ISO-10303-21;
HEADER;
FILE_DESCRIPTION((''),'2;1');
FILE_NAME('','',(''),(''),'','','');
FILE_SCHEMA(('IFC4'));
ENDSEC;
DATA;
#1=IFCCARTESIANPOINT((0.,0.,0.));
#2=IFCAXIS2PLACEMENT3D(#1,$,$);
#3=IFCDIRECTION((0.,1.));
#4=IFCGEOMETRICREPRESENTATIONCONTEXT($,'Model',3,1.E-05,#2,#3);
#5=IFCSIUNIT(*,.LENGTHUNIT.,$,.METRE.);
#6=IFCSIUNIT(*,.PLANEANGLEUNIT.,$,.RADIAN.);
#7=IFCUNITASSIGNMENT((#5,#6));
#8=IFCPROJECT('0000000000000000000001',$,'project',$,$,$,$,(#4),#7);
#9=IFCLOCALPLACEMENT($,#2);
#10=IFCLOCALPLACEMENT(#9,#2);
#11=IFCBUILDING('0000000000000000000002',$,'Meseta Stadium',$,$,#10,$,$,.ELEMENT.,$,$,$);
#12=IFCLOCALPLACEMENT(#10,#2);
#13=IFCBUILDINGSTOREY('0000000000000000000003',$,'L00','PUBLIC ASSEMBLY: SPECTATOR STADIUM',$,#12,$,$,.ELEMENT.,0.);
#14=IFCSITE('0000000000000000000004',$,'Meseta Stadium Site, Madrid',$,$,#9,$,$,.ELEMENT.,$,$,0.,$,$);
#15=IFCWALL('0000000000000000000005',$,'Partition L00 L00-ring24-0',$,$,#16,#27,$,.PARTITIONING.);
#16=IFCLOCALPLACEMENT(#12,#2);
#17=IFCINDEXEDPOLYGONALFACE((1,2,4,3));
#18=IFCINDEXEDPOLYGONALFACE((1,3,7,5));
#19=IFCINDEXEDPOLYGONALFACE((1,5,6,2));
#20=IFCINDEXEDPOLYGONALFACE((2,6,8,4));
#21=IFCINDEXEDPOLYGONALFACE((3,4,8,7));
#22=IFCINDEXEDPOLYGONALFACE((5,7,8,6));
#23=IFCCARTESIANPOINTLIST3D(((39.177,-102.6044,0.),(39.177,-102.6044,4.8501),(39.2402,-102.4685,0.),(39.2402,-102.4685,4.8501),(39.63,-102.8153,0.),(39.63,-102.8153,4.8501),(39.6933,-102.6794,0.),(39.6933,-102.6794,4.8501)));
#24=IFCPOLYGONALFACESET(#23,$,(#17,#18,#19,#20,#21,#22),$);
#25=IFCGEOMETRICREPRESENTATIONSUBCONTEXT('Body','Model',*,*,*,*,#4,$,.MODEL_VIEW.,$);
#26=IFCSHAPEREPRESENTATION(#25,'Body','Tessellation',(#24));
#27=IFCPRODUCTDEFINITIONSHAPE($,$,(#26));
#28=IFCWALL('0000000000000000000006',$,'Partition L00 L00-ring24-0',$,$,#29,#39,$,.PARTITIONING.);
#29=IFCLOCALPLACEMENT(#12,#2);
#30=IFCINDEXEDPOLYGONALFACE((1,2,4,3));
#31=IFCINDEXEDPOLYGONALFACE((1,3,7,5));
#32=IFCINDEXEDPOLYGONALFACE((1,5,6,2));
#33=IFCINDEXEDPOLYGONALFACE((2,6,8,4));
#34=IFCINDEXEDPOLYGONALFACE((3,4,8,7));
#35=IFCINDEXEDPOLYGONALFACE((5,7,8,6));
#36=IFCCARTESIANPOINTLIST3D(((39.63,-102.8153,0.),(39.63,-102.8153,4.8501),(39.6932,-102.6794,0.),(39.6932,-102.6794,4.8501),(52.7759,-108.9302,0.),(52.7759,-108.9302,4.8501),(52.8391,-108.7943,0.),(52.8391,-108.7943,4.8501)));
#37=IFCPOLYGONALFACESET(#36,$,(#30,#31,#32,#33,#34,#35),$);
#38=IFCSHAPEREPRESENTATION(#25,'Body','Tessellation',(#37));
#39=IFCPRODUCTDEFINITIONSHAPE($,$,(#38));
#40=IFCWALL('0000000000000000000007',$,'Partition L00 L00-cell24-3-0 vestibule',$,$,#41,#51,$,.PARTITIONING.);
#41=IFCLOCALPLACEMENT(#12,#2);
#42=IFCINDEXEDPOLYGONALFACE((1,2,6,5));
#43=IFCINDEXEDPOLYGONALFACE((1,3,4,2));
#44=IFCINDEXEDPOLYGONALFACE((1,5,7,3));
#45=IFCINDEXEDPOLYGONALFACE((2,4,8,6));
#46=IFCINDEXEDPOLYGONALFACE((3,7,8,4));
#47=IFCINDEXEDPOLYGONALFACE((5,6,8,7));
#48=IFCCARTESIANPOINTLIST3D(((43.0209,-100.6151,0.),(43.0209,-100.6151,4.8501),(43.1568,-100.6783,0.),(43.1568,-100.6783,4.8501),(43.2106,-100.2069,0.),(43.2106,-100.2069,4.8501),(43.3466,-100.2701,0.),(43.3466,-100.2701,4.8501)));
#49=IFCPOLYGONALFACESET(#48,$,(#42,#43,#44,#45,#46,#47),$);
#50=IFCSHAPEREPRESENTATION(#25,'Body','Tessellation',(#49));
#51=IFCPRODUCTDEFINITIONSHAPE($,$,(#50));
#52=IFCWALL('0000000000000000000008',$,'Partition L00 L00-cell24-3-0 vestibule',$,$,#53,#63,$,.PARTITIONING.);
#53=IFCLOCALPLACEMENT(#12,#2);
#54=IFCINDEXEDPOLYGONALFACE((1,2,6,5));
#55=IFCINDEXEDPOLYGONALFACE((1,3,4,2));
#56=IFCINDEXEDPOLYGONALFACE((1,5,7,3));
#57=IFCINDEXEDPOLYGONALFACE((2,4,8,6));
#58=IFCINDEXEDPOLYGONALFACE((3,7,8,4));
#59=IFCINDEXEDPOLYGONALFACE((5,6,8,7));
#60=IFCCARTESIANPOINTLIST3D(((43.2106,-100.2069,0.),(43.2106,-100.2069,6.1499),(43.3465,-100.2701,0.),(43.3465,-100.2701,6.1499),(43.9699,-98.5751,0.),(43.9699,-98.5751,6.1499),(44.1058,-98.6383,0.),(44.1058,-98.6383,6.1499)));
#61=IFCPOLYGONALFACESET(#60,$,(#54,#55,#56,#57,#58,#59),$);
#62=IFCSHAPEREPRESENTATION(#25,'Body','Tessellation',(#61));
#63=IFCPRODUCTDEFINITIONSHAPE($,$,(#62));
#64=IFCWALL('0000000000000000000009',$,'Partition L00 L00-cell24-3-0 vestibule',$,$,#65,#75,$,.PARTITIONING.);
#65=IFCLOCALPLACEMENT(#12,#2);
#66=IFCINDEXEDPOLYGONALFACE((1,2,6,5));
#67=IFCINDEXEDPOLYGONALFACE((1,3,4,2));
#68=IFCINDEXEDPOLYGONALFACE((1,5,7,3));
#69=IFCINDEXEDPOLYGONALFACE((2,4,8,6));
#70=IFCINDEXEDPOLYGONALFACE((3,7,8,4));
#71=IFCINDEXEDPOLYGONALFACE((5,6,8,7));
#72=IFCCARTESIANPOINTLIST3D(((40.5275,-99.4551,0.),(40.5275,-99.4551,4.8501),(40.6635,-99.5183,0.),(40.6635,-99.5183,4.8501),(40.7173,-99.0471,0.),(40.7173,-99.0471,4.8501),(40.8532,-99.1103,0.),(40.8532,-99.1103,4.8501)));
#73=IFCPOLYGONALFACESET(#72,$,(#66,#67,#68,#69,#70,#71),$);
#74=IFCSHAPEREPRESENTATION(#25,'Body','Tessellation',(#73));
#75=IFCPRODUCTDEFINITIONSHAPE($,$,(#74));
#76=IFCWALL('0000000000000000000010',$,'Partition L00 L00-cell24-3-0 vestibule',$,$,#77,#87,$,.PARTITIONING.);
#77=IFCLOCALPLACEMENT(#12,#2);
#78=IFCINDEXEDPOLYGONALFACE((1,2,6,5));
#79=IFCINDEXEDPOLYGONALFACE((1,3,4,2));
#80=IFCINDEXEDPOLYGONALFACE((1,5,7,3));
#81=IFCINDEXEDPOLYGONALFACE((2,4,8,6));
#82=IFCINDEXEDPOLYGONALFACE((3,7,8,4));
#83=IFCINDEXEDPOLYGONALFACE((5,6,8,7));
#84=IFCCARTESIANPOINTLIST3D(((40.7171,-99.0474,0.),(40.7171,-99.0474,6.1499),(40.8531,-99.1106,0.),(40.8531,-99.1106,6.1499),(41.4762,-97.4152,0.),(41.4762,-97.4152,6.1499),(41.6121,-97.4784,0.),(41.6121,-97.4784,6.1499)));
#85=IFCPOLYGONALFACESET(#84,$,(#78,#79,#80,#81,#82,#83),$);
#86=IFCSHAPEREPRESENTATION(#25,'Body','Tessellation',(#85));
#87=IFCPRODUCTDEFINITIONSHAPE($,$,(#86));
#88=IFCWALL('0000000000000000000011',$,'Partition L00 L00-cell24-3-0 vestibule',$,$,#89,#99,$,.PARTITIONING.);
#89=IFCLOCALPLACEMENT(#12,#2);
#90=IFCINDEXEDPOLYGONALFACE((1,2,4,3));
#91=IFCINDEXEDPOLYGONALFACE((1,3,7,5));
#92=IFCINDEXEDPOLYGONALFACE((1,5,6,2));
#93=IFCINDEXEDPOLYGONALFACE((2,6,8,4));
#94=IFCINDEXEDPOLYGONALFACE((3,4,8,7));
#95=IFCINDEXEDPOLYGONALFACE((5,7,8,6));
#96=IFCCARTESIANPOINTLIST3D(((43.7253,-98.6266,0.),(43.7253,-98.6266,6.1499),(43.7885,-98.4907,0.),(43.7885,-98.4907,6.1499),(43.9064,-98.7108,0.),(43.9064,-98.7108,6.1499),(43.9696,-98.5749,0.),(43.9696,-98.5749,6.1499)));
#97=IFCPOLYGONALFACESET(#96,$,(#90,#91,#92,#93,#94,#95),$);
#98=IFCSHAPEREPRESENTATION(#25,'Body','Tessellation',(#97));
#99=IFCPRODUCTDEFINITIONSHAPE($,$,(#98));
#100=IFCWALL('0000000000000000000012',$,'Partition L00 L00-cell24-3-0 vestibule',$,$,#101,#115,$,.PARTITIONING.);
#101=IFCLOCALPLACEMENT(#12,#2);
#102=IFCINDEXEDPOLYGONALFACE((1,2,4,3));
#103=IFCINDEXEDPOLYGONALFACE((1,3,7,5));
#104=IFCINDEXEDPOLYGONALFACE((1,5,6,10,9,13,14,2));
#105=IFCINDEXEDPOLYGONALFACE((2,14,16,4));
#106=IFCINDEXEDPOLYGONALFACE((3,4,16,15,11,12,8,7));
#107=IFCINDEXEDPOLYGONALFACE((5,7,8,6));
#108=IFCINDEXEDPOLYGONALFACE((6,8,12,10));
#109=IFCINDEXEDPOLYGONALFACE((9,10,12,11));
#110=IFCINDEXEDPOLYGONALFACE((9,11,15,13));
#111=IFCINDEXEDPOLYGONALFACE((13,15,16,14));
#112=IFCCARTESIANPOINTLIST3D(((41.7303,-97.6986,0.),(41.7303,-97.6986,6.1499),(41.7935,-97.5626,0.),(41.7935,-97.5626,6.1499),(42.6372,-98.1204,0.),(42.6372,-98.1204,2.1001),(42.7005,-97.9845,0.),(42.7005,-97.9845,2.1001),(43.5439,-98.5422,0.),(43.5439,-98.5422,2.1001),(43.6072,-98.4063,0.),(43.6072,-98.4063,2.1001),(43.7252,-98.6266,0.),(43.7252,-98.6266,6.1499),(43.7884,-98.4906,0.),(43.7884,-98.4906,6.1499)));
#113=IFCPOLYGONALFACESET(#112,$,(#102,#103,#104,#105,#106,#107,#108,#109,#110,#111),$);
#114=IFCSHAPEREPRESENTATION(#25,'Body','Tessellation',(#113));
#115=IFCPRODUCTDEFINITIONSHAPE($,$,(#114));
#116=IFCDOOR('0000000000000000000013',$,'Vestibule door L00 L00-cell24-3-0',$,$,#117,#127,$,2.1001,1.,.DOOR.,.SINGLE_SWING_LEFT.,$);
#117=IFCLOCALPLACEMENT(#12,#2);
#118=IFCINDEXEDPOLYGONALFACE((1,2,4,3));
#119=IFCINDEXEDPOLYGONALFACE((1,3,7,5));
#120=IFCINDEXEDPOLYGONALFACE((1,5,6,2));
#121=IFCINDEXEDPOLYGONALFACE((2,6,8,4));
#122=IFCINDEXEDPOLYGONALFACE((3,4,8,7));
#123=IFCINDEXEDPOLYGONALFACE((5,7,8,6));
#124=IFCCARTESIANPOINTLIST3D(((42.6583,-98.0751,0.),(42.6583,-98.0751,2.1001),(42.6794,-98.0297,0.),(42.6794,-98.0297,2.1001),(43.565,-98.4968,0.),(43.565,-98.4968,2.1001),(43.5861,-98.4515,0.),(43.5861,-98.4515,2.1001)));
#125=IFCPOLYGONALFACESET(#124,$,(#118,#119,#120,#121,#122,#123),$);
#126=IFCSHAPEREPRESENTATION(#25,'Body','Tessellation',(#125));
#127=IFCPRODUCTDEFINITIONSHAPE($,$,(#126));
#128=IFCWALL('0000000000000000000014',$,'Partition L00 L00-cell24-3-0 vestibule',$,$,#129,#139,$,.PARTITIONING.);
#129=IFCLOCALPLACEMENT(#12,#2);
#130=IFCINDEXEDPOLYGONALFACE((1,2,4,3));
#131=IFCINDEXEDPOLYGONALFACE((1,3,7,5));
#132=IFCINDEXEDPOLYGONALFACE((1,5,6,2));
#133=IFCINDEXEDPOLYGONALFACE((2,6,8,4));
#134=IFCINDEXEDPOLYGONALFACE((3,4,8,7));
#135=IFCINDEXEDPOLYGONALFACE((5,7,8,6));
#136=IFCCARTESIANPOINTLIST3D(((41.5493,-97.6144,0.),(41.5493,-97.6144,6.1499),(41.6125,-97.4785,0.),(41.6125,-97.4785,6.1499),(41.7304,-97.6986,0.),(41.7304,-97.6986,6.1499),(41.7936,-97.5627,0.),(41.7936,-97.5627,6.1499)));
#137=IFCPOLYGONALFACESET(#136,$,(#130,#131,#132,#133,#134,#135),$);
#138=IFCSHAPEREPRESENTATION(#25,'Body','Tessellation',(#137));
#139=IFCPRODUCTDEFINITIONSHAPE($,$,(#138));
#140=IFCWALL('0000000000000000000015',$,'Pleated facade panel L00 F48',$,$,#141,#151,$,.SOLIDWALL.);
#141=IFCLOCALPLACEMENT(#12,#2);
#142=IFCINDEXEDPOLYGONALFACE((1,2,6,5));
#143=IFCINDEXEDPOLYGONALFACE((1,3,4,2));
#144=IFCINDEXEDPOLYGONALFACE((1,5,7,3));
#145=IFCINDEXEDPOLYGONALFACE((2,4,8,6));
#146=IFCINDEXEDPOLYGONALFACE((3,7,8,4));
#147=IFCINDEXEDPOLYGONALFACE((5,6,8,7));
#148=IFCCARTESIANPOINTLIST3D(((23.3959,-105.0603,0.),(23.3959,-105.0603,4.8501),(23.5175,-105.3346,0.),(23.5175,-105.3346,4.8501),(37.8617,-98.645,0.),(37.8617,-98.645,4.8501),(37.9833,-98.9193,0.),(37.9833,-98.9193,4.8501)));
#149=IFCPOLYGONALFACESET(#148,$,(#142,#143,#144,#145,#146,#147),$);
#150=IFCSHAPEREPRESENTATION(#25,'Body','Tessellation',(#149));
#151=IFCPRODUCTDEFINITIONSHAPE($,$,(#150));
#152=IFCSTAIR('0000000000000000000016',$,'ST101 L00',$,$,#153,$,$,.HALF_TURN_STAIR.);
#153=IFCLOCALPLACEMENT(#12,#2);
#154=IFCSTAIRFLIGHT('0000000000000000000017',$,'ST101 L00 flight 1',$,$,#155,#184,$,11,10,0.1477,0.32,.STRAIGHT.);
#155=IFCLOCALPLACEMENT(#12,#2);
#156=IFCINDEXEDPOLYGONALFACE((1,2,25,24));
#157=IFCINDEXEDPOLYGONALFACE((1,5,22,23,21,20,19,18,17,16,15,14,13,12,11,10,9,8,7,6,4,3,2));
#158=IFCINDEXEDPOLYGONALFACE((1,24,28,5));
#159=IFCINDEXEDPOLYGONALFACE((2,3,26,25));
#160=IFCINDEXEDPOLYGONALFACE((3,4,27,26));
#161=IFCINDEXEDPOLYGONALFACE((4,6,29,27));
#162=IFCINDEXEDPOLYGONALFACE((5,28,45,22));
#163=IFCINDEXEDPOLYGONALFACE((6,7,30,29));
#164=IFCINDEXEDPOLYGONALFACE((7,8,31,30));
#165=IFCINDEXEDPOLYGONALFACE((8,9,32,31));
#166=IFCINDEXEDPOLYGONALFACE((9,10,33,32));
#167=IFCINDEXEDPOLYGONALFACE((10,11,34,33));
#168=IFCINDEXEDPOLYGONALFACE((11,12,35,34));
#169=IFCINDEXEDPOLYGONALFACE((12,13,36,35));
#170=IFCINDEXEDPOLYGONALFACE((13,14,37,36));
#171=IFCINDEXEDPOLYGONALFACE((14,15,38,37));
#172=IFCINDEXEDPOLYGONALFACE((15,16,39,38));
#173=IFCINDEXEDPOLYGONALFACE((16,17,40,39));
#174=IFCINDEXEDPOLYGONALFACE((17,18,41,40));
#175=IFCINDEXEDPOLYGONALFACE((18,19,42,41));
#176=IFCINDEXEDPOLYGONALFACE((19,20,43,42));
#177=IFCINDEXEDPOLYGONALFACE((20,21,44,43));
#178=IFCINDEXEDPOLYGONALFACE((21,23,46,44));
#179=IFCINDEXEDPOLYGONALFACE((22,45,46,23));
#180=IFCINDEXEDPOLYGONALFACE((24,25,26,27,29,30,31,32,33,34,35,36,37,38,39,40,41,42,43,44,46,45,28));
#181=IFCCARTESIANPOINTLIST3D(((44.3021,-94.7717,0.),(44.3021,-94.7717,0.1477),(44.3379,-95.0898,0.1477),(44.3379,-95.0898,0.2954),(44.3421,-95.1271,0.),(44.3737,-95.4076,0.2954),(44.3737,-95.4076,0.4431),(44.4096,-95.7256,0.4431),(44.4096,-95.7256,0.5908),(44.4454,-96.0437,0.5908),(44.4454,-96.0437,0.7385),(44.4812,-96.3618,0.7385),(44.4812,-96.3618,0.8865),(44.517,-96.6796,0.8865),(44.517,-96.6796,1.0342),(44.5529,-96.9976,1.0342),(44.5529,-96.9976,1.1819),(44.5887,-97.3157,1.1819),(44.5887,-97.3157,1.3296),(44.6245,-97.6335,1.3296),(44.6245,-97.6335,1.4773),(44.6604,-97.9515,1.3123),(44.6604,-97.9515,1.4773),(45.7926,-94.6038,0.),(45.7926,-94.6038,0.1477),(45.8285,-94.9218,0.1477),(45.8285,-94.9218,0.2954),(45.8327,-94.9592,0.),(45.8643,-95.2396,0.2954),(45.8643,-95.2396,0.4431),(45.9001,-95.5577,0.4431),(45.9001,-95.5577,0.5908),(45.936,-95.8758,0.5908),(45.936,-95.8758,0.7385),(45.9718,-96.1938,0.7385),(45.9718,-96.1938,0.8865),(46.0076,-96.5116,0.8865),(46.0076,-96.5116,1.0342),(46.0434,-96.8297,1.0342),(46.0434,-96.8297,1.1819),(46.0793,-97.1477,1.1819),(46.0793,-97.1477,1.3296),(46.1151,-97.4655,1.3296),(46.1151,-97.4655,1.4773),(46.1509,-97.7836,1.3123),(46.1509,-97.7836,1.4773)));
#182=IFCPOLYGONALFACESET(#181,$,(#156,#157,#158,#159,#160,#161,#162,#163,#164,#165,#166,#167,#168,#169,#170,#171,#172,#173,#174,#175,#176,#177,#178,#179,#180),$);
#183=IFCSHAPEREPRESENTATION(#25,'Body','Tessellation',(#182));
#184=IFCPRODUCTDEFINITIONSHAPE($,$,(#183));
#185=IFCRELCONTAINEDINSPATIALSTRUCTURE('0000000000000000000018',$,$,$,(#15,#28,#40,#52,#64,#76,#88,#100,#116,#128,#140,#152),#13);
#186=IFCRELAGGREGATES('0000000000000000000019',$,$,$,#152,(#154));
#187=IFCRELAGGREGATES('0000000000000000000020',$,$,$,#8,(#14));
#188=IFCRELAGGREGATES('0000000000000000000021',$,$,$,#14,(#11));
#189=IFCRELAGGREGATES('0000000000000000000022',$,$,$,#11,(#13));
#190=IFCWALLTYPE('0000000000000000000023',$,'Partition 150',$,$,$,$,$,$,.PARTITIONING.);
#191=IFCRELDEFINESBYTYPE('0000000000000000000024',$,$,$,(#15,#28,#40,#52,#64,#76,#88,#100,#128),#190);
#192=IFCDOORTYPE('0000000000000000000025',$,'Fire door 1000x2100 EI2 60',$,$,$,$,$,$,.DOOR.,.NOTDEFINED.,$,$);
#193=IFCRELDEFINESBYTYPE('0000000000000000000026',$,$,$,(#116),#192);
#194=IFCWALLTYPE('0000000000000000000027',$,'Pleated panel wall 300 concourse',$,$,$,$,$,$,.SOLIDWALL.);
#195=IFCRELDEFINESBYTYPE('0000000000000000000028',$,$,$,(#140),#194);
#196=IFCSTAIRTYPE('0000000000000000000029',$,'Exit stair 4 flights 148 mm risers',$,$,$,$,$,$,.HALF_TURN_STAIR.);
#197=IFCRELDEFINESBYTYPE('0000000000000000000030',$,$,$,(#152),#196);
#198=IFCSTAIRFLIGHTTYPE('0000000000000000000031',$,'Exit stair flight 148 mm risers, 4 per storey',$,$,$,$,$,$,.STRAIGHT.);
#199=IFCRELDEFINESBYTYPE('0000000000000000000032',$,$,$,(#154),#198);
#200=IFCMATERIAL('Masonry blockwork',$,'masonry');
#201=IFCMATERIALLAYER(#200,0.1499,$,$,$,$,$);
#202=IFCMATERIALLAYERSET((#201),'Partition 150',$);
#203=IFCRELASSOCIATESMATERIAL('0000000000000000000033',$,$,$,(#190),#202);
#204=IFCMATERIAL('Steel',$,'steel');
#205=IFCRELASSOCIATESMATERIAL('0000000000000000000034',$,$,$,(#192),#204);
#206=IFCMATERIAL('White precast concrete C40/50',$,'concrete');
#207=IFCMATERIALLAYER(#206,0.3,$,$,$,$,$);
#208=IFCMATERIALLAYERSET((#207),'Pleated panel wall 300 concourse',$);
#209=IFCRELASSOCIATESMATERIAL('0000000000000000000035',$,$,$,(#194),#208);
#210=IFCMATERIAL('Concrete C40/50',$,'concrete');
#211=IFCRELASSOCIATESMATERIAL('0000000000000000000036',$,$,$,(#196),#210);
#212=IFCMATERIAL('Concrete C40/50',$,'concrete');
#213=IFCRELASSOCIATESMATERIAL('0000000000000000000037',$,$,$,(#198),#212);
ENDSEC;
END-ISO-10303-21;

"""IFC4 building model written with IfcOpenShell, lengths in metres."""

from ifc_helpers import new_model, si_unit, direction, frame, frame_2d, origin, place, context, subcontext, project, spatial, polyline, rectangle, outline, extrude, material, layer, layer_set, type_object, element, fill, aggregate, save


model = new_model("IFC4")

# Units and contexts
model_context = context("Model", 3, precision=1e-05, world=origin(), true_north=direction((0.0, 1.0)))
body_context = subcontext(model_context, "Body", "Model", "MODEL_VIEW")
ifc_project = project(units=[si_unit("LENGTHUNIT", "METRE"), si_unit("PLANEANGLEUNIT", "RADIAN")], contexts=[model_context])

# Site, building, storey
site_placement = place(None, origin())
site = spatial("IfcSite", under=ifc_project, at=site_placement, Name="Meseta Stadium Site, Madrid", CompositionType="ELEMENT", RefElevation=0.0)
building_placement = place(site_placement, origin())
building = spatial("IfcBuilding", under=site, at=building_placement, Name="Meseta Stadium", CompositionType="ELEMENT")
storey_placement = place(building_placement, origin())
storey = spatial("IfcBuildingStorey", under=building, at=storey_placement, Name="L00", Description="PUBLIC ASSEMBLY: SPECTATOR STADIUM", CompositionType="ELEMENT", Elevation=0.0)

# Shared definitions
ifc_material_1 = material(Name="Masonry blockwork", Category="masonry")
ifc_layer_1 = layer(ifc_material_1, 0.1499)
ifc_layer_set_1 = layer_set([ifc_layer_1], Name="Partition 150")
wall_type_1 = type_object("IfcWallType", Name="Partition 150", PredefinedType="PARTITIONING", material=ifc_layer_set_1)

# Walls
wall_1_placement = place(storey_placement, frame((39.2085, -102.5364, 0.0), z_axis=(0.0, 0.0, 1.0), x_axis=(0.906582, -0.42203, 0.0)))
element("IfcWall", 1, at=wall_1_placement, inside=storey, type_object=wall_type_1, Name="Partition L00 L00-ring24-0", PredefinedType="PARTITIONING", context=body_context, shape_type="SweptSolid", body=[
    extrude(rectangle(XDim=0.4998, YDim=0.1499, at=frame_2d((0.25, 0.0))), origin(), (0.0, 0.0, 1.0), 4.8501),
])
wall_2_placement = place(storey_placement, frame((39.6616, -102.7473, 0.0), z_axis=(0.0, 0.0, 1.0), x_axis=(0.906706, -0.421763, 0.0)))
element("IfcWall", 2, at=wall_2_placement, inside=storey, type_object=wall_type_1, Name="Partition L00 L00-ring24-0", PredefinedType="PARTITIONING", context=body_context, shape_type="SweptSolid", body=[
    extrude(rectangle(XDim=14.4985, YDim=0.1499, at=frame_2d((7.2493, 0.0))), origin(), (0.0, 0.0, 1.0), 4.8501),
])
wall_3_placement = place(storey_placement, frame((43.0889, -100.6467, 0.0), z_axis=(0.0, 0.0, 1.0), x_axis=(0.42143, 0.906861, 0.0)))
element("IfcWall", 3, at=wall_3_placement, inside=storey, type_object=wall_type_1, Name="Partition L00 L00-cell24-3-0 vestibule", PredefinedType="PARTITIONING", context=body_context, shape_type="SweptSolid", body=[
    extrude(rectangle(XDim=0.4502, YDim=0.1499, at=frame_2d((0.2251, 0.0))), origin(), (0.0, 0.0, 1.0), 4.8501),
])
wall_4_placement = place(storey_placement, frame((43.2786, -100.2385, 0.0), z_axis=(0.0, 0.0, 1.0), x_axis=(0.42186, 0.906661, 0.0)))
element("IfcWall", 4, at=wall_4_placement, inside=storey, type_object=wall_type_1, Name="Partition L00 L00-cell24-3-0 vestibule", PredefinedType="PARTITIONING", context=body_context, shape_type="SweptSolid", body=[
    extrude(rectangle(XDim=1.7998, YDim=0.1499, at=frame_2d((0.8999, 0.0))), origin(), (0.0, 0.0, 1.0), 6.1499),
])
wall_5_placement = place(storey_placement, frame((40.5955, -99.4868, 0.0), z_axis=(0.0, 0.0, 1.0), x_axis=(0.421637, 0.906765, 0.0)))
element("IfcWall", 5, at=wall_5_placement, inside=storey, type_object=wall_type_1, Name="Partition L00 L00-cell24-3-0 vestibule", PredefinedType="PARTITIONING", context=body_context, shape_type="SweptSolid", body=[
    extrude(rectangle(XDim=0.45, YDim=0.1499, at=frame_2d((0.2251, 0.0))), origin(), (0.0, 0.0, 1.0), 4.8501),
])
wall_6_placement = place(storey_placement, frame((40.7852, -99.0789, 0.0), z_axis=(0.0, 0.0, 1.0), x_axis=(0.421697, 0.906737, 0.0)))
element("IfcWall", 6, at=wall_6_placement, inside=storey, type_object=wall_type_1, Name="Partition L00 L00-cell24-3-0 vestibule", PredefinedType="PARTITIONING", context=body_context, shape_type="SweptSolid", body=[
    extrude(rectangle(XDim=1.8, YDim=0.1499, at=frame_2d((0.8999, 0.0))), origin(), (0.0, 0.0, 1.0), 6.1499),
])
wall_7_placement = place(storey_placement, frame((43.938, -98.6428, 0.0), z_axis=(0.0, 0.0, 1.0), x_axis=(-0.906775, 0.421614, 0.0)))
element("IfcWall", 7, at=wall_7_placement, inside=storey, type_object=wall_type_1, Name="Partition L00 L00-cell24-3-0 vestibule", PredefinedType="PARTITIONING", context=body_context, shape_type="SweptSolid", body=[
    extrude(rectangle(XDim=0.1997, YDim=0.1499, at=frame_2d((0.0999, 0.0))), origin(), (0.0, 0.0, 1.0), 6.1499),
])

# Wall, opening, door
wall_8_placement = place(storey_placement, frame((43.7568, -98.5586, 0.0), z_axis=(0.0, 0.0, 1.0), x_axis=(-0.906698, 0.42178, 0.0)))
wall_8 = element("IfcWall", 8, at=wall_8_placement, inside=storey, type_object=wall_type_1, Name="Partition L00 L00-cell24-3-0 vestibule", PredefinedType="PARTITIONING", context=body_context, shape_type="SweptSolid", body=[
    extrude(rectangle(XDim=2.2002, YDim=0.1499, at=frame_2d((1.1001, 0.0))), origin(), (0.0, 0.0, 1.0), 6.1499),
])
opening_1_placement = place(wall_8_placement, frame((0.2, 0.0, 0.0)))
opening_1 = element("IfcOpeningElement", 9, at=opening_1_placement, cuts=wall_8, PredefinedType="OPENING", context=body_context, shape_type="SweptSolid", body=[
    extrude(rectangle(XDim=1.0, YDim=2.1001, at=frame_2d((0.5, 1.05))), frame((0.0, 0.085, 0.0), z_axis=(0.0, -1.0, 0.0), x_axis=(1.0, 0.0, 0.0)), (0.0, 0.0, 1.0), 0.1699),
])
ifc_material_2 = material(Name="Steel", Category="steel")
door_type_1 = type_object("IfcDoorType", Name="Fire door 1000x2100 EI2 60", OperationType="NOTDEFINED", PredefinedType="DOOR", material=ifc_material_2)
door_1_placement = place(opening_1_placement, origin())
door_1 = element("IfcDoor", 10, at=door_1_placement, inside=storey, type_object=door_type_1, Name="Vestibule door L00 L00-cell24-3-0", OperationType="SINGLE_SWING_LEFT", OverallHeight=2.1001, OverallWidth=1.0, PredefinedType="DOOR", context=body_context, shape_type="SweptSolid", body=[
    extrude(rectangle(XDim=1.0, YDim=2.1001, at=frame_2d((0.5, 1.05))), frame((0.0, 0.0249, 0.0), z_axis=(0.0, -1.0, 0.0), x_axis=(1.0, 0.0, 0.0)), (0.0, 0.0, 1.0), 0.05),
])
fill(opening_1, door_1)

# Walls
wall_9_placement = place(storey_placement, frame((41.762, -97.6306, 0.0), z_axis=(0.0, 0.0, 1.0), x_axis=(-0.906775, 0.421614, 0.0)))
element("IfcWall", 11, at=wall_9_placement, inside=storey, type_object=wall_type_1, Name="Partition L00 L00-cell24-3-0 vestibule", PredefinedType="PARTITIONING", context=body_context, shape_type="SweptSolid", body=[
    extrude(rectangle(XDim=0.1997, YDim=0.1499, at=frame_2d((0.0999, 0.0))), origin(), (0.0, 0.0, 1.0), 6.1499),
])
ifc_material_3 = material(Name="White precast concrete C40/50", Category="concrete")
ifc_layer_2 = layer(ifc_material_3, 0.3)
ifc_layer_set_2 = layer_set([ifc_layer_2], Name="Pleated panel wall 300 concourse")
wall_type_2 = type_object("IfcWallType", Name="Pleated panel wall 300 concourse", PredefinedType="SOLIDWALL", material=ifc_layer_set_2)
wall_10_placement = place(storey_placement, frame((37.9224, -98.7822, 0.0), z_axis=(0.0, 0.0, 1.0), x_axis=(-0.914139, -0.405401, 0.0)))
element("IfcWall", 12, at=wall_10_placement, inside=storey, type_object=wall_type_2, Name="Pleated facade panel L00 F48", PredefinedType="SOLIDWALL", context=body_context, shape_type="SweptSolid", body=[
    extrude(rectangle(XDim=15.8245, YDim=0.3, at=frame_2d((7.9121, 0.0))), origin(), (0.0, 0.0, 1.0), 4.8501),
])

# Stair, stair flight
ifc_material_4 = material(Name="Concrete C40/50", Category="concrete")
stair_type = type_object("IfcStairType", Name="Exit stair 4 flights 148 mm risers", PredefinedType="HALF_TURN_STAIR", material=ifc_material_4)
stair_placement = place(storey_placement, origin())
stair = element("IfcStair", 13, at=stair_placement, inside=storey, type_object=stair_type, Name="ST101 L00", PredefinedType="HALF_TURN_STAIR")
ifc_material_5 = material(Name="Concrete C40/50", Category="concrete")
stair_flight_type = type_object("IfcStairFlightType", Name="Exit stair flight 148 mm risers, 4 per storey", PredefinedType="STRAIGHT", material=ifc_material_5)
stair_flight_placement = place(storey_placement, frame((45.0474, -94.6877, 0.0), z_axis=(0.0, 0.0, 1.0), x_axis=(0.111964, -0.993712, 0.0)))
stair_flight = element("IfcStairFlight", 14, at=stair_flight_placement, type_object=stair_flight_type, Name="ST101 L00 flight 1", NumberOfRisers=11, NumberOfTreads=10, PredefinedType="STRAIGHT", RiserHeight=0.1477, TreadLength=0.32, context=body_context, shape_type="SweptSolid", body=[
    extrude(outline(polyline([(0.0, 0.0), (0.0, 0.1477), (0.3201, 0.1477), (0.3201, 0.2954), (0.6399, 0.2954), (0.6399, 0.4431), (0.96, 0.4431), (0.96, 0.5908), (1.28, 0.5908), (1.28, 0.7385), (1.6001, 0.7385), (1.6001, 0.8865), (1.9199, 0.8865), (1.9199, 1.0342), (2.24, 1.0342), (2.24, 1.1819), (2.5601, 1.1819), (2.5601, 1.3296), (2.8799, 1.3296), (2.8799, 1.4773), (3.2, 1.4773), (3.2, 1.3123), (0.3577, 0.0), (0.0, 0.0)])), frame((0.0, 0.75, 0.0), z_axis=(0.0, -1.0, 0.0), x_axis=(1.0, 0.0, 0.0)), (0.0, 0.0, 1.0), 1.5),
])
aggregate(stair, [stair_flight])

save(model, "model.ifc")
